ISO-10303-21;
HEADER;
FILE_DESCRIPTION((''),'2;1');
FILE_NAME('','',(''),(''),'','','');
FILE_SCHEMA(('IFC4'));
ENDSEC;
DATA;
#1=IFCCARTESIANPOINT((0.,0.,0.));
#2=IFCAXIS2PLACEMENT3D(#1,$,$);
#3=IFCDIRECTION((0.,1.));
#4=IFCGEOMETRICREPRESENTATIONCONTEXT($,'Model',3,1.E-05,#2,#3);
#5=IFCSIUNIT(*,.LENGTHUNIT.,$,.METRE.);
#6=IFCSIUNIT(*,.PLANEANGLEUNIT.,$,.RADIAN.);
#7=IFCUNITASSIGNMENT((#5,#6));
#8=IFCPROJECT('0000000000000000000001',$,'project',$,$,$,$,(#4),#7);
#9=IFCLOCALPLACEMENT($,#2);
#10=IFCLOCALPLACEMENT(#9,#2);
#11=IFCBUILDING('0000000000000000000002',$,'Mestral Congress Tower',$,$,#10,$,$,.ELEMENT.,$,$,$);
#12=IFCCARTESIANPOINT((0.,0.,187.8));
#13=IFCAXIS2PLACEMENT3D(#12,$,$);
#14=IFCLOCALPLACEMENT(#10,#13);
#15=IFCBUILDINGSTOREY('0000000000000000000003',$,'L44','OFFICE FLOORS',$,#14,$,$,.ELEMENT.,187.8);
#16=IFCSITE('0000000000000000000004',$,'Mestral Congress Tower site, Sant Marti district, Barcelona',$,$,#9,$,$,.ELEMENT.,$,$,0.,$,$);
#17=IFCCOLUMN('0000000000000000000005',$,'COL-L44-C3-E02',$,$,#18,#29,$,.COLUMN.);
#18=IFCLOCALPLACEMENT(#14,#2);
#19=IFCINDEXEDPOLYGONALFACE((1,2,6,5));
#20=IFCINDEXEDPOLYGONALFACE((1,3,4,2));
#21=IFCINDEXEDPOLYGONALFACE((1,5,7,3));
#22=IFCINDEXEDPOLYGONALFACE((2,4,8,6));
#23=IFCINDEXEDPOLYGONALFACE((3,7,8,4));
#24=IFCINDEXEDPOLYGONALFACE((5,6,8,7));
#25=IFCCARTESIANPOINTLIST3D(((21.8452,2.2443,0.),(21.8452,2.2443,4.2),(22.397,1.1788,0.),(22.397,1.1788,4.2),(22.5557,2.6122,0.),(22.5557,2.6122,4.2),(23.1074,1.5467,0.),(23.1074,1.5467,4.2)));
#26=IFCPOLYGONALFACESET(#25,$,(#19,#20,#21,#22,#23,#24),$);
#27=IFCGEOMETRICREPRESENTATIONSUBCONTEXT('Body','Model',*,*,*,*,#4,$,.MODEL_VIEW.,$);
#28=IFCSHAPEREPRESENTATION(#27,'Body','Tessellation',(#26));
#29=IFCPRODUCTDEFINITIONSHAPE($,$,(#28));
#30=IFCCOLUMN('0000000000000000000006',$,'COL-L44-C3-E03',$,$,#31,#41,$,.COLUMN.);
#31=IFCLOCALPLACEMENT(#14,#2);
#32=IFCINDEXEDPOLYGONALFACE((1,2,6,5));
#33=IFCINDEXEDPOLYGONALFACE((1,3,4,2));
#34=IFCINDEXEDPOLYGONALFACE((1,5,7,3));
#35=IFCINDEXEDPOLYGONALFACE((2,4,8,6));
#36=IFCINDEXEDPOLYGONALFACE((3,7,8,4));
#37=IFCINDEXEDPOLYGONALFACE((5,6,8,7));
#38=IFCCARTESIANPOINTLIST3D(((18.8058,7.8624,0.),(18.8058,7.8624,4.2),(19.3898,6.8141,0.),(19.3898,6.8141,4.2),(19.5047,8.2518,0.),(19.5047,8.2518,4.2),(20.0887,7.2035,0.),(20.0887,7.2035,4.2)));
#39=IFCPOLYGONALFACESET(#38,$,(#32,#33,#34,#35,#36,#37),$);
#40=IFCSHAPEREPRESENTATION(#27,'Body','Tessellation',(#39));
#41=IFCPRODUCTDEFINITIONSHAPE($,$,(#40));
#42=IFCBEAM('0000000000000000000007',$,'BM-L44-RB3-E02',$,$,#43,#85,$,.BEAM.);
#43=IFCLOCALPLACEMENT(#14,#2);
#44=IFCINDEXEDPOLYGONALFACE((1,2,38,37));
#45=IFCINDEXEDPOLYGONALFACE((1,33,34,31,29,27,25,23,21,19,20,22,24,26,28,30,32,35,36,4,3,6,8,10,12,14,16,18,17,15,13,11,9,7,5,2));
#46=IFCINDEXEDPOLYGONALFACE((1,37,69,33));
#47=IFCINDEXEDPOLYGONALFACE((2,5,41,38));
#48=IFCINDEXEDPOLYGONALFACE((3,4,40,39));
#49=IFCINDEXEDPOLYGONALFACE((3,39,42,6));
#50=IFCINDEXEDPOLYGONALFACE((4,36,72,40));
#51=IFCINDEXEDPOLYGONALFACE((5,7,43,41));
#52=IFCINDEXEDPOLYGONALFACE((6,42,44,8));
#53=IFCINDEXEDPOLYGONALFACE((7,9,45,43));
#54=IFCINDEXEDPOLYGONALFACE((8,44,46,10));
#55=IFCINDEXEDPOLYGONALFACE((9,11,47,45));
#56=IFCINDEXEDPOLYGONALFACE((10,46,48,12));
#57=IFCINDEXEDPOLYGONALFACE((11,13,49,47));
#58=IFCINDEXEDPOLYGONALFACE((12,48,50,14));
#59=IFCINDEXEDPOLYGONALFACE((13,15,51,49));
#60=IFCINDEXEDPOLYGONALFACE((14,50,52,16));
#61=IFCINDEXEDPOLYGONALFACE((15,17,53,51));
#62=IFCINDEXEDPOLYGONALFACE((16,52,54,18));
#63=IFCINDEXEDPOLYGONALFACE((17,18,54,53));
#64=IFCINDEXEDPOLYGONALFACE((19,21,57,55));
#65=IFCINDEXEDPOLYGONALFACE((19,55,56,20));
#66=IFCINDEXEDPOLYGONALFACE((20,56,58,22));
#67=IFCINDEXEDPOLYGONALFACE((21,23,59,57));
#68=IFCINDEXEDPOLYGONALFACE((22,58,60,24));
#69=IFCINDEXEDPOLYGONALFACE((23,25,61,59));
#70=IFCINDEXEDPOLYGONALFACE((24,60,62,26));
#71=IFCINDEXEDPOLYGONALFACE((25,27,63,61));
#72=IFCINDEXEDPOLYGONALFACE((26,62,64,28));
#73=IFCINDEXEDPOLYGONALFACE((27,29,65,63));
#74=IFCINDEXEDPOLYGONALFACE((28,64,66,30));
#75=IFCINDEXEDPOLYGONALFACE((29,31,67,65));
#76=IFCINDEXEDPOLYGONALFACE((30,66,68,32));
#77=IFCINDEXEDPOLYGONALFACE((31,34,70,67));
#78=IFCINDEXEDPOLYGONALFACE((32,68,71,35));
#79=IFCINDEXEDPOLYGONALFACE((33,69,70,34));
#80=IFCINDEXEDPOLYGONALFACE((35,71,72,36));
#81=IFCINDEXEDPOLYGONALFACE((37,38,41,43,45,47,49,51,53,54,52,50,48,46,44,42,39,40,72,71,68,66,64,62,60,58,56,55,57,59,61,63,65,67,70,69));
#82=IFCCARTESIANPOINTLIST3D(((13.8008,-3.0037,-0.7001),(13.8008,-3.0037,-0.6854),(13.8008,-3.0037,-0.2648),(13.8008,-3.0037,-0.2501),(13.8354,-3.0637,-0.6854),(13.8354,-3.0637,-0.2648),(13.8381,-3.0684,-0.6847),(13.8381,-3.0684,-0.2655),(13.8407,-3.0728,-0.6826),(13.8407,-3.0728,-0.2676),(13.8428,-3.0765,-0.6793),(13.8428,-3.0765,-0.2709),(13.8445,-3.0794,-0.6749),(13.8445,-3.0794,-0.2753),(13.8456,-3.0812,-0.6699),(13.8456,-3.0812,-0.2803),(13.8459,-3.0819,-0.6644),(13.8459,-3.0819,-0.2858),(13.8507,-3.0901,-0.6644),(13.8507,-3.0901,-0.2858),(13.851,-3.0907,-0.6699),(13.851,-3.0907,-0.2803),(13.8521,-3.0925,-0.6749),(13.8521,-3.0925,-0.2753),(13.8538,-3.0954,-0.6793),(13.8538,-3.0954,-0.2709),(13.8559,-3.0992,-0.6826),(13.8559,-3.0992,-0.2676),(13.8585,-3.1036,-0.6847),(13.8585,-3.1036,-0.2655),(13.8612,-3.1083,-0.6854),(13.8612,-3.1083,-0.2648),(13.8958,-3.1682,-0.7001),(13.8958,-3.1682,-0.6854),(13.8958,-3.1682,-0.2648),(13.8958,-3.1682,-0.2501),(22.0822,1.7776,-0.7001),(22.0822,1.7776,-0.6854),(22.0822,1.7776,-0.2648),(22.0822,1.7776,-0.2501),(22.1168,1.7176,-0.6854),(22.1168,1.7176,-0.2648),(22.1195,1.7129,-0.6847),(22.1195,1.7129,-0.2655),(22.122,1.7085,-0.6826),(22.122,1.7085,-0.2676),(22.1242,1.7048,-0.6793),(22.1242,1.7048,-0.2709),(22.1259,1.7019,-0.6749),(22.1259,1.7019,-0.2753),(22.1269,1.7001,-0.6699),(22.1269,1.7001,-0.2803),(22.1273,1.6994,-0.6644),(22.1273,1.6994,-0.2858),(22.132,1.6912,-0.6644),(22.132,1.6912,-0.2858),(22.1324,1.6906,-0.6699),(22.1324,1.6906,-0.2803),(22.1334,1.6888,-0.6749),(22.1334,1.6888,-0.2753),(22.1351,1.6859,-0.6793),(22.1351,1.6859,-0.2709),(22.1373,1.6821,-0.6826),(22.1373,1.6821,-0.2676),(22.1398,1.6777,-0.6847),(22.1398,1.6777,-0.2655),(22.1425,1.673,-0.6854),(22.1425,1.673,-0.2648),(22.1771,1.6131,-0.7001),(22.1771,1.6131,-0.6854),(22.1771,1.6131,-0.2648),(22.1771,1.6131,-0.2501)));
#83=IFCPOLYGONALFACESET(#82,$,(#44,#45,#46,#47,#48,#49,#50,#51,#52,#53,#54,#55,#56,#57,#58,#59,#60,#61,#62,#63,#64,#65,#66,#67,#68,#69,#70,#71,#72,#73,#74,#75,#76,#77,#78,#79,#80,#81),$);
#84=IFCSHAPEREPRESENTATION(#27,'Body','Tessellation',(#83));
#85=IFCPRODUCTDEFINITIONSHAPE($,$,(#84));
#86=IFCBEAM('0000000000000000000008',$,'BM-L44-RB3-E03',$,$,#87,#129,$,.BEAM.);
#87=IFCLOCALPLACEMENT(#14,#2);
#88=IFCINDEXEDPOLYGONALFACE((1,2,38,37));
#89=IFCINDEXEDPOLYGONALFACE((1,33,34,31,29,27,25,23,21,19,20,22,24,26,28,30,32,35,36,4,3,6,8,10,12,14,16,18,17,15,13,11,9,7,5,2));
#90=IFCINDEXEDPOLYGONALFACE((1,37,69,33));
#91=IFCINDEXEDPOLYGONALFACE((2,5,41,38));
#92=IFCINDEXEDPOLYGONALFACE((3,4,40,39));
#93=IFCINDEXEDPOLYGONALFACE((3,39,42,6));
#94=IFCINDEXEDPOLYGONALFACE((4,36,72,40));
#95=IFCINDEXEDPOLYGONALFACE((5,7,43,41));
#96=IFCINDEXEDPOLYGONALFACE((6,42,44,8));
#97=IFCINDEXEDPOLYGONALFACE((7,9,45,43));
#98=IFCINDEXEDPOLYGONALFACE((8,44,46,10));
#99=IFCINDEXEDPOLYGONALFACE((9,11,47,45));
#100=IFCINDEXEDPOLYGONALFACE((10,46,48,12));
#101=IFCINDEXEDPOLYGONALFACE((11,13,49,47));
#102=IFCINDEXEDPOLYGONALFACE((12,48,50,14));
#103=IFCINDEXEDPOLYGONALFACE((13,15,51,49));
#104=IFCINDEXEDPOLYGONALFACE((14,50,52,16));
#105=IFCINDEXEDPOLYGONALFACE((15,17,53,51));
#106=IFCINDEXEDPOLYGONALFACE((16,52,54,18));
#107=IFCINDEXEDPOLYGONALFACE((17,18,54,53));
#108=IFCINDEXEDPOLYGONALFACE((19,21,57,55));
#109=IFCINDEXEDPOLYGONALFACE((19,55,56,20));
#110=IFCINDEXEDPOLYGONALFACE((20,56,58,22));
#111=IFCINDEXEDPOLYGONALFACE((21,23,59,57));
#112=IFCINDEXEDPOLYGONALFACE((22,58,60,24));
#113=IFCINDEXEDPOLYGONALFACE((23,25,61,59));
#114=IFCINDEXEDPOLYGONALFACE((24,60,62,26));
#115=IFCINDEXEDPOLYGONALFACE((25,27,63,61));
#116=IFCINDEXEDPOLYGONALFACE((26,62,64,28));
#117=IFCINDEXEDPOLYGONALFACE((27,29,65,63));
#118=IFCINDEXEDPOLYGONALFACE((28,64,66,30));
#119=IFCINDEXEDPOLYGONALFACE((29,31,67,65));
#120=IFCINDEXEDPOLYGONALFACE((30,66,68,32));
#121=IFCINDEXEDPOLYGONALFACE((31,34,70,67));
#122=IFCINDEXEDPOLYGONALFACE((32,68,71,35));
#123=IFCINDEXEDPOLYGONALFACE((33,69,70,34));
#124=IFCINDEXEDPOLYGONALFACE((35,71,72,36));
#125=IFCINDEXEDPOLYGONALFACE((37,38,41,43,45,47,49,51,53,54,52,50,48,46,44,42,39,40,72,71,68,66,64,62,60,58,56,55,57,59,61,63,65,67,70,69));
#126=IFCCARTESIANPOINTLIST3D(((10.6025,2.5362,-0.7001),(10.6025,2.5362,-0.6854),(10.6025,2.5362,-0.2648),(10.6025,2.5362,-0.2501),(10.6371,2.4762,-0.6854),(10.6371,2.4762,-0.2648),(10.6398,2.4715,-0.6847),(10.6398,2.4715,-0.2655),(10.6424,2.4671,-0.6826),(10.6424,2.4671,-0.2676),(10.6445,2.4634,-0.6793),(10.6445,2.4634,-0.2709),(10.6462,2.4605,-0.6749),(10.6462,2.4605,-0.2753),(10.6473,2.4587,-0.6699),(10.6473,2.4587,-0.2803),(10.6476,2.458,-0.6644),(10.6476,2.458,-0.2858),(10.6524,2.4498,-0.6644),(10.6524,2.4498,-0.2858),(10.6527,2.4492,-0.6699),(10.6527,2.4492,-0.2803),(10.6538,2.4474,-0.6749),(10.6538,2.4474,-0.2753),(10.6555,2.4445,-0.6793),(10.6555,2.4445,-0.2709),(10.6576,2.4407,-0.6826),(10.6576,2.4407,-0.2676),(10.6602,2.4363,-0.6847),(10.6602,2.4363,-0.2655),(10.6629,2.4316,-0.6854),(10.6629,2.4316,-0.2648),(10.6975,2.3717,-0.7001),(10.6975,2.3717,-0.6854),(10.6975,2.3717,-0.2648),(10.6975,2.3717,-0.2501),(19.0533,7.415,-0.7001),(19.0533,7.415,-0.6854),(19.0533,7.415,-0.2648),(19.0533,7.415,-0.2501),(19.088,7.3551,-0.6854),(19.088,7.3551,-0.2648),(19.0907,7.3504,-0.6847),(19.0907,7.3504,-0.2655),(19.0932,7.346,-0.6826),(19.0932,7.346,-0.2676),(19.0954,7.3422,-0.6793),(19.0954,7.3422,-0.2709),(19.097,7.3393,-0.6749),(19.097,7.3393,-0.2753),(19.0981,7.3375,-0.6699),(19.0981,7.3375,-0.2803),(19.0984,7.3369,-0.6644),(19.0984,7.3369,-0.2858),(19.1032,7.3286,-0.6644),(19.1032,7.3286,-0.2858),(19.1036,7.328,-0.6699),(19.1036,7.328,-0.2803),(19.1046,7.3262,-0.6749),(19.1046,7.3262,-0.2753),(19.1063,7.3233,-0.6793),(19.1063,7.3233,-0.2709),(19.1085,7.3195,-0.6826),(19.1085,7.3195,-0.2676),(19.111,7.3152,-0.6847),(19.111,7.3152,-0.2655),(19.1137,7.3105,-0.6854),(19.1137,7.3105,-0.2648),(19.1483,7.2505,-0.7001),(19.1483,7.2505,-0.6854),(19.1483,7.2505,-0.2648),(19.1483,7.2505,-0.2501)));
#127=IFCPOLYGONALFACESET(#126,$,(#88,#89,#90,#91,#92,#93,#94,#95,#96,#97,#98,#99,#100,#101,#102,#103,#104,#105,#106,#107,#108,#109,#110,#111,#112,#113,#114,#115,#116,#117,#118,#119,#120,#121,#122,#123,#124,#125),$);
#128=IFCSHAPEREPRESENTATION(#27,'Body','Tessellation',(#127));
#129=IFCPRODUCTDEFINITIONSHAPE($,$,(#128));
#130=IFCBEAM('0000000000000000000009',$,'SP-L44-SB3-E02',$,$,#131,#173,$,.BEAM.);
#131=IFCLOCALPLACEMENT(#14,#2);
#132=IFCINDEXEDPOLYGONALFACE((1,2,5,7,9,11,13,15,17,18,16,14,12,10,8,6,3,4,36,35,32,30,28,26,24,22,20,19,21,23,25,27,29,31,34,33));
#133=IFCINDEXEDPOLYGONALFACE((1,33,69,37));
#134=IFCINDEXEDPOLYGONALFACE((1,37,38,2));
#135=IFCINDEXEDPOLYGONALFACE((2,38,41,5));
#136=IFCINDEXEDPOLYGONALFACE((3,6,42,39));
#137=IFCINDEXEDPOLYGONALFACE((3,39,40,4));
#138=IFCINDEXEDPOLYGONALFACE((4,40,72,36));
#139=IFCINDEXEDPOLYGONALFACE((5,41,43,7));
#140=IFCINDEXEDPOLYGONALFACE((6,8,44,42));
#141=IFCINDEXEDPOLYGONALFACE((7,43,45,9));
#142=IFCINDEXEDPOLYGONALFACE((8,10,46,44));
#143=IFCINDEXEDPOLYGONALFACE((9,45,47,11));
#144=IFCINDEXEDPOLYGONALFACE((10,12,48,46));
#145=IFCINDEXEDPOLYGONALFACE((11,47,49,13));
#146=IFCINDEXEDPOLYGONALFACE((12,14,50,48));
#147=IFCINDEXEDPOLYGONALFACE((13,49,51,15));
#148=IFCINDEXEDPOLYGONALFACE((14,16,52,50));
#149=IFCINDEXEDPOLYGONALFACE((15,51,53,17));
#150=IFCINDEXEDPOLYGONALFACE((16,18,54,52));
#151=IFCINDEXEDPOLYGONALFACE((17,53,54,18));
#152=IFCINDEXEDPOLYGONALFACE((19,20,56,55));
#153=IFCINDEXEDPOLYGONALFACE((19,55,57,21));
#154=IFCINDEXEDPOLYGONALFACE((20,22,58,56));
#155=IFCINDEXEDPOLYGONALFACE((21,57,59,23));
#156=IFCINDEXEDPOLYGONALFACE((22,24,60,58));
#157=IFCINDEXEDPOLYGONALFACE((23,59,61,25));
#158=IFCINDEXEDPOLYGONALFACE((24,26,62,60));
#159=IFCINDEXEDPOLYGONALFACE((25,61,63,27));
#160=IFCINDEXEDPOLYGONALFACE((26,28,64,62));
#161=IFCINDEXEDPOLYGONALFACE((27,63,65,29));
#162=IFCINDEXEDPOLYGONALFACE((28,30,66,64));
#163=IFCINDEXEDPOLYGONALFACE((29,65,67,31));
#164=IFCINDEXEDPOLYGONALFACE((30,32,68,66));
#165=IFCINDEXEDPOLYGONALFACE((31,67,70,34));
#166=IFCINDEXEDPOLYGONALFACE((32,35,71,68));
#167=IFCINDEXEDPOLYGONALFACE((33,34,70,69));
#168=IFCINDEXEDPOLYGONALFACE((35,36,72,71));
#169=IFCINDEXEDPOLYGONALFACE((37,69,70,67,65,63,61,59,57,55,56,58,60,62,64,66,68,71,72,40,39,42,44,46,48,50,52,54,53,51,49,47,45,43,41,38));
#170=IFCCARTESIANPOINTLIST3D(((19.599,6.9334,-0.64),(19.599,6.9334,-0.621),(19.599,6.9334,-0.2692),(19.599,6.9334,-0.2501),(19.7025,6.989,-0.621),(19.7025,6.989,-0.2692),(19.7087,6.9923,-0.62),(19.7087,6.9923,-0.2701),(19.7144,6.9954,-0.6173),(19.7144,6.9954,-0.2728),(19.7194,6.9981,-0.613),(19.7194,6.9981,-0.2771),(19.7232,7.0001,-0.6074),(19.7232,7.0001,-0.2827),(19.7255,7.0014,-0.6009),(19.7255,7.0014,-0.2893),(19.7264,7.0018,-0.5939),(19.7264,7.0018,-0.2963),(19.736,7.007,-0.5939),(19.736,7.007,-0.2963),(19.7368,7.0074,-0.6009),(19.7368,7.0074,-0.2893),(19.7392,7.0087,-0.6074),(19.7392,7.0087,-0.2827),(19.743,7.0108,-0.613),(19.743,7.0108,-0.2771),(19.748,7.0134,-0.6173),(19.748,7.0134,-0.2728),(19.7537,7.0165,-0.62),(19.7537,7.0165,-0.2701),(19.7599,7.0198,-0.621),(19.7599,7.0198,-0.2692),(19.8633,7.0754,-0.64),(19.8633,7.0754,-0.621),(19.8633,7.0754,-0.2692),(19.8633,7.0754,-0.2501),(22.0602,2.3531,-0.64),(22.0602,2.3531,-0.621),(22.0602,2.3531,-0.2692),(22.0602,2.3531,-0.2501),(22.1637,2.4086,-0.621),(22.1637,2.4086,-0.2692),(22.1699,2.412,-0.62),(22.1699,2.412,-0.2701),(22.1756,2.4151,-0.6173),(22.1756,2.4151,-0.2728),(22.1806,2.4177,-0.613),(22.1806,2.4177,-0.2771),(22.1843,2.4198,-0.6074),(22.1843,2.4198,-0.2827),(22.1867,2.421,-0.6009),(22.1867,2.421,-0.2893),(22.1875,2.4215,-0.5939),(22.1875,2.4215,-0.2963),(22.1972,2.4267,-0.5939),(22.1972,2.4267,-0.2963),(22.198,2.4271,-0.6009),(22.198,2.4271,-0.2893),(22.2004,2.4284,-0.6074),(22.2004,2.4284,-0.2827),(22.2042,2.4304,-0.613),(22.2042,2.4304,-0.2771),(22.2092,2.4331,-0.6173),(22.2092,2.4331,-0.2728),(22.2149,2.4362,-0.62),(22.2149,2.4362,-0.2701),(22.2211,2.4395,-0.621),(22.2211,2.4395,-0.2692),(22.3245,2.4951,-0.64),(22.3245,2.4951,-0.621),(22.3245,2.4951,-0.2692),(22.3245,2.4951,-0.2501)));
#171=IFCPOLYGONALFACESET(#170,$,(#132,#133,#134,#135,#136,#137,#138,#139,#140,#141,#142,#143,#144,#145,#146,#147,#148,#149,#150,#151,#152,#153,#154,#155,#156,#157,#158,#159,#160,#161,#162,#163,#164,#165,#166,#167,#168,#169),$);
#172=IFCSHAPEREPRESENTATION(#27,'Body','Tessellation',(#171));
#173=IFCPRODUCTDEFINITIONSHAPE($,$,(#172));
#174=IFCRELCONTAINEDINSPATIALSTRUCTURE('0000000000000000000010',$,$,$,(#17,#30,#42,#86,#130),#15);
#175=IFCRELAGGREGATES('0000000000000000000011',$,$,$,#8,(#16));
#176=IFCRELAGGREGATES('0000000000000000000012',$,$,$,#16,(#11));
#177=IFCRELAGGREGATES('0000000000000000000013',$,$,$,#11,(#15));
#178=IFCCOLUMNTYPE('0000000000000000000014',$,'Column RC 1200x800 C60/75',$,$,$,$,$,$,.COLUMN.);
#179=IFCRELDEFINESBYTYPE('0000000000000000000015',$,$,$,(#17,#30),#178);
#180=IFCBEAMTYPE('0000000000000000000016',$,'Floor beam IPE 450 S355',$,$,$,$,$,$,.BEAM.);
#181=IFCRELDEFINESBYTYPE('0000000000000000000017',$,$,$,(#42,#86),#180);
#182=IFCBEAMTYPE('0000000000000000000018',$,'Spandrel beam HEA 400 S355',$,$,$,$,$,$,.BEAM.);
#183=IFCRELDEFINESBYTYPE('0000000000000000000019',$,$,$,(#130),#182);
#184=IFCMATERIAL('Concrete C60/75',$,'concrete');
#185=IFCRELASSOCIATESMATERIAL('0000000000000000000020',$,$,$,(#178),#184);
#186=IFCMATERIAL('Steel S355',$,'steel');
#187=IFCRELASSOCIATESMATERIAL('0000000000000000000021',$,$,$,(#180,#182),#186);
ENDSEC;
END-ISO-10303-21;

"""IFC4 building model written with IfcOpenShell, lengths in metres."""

from ifc_helpers import new_model, si_unit, direction, frame, origin, origin_2d, place, context, subcontext, project, spatial, rectangle, i_section, extrude, material, material_profile, profile_set, type_object, element, save


model = new_model("IFC4")

# Units and contexts
model_context = context("Model", 3, precision=1e-05, world=origin(), true_north=direction((0.0, 1.0)))
body_context = subcontext(model_context, "Body", "Model", "MODEL_VIEW")
ifc_project = project(units=[si_unit("LENGTHUNIT", "METRE"), si_unit("PLANEANGLEUNIT", "RADIAN")], contexts=[model_context])

# Site, building, storey
site_placement = place(None, origin())
site = spatial("IfcSite", under=ifc_project, at=site_placement, Name="Mestral Congress Tower site, Sant Marti district, Barcelona", CompositionType="ELEMENT", RefElevation=0.0)
building_placement = place(site_placement, origin())
building = spatial("IfcBuilding", under=site, at=building_placement, Name="Mestral Congress Tower", CompositionType="ELEMENT")
storey_placement = place(building_placement, frame((0.0, 0.0, 187.8)))
storey = spatial("IfcBuildingStorey", under=building, at=storey_placement, Name="L44", Description="OFFICE FLOORS", CompositionType="ELEMENT", Elevation=187.8)

# Columns
ifc_material_1 = material(Name="Concrete C60/75", Category="concrete")
ifc_material_profile_1 = material_profile(ifc_material_1, rectangle(XDim=1.2, YDim=0.8, at=origin_2d()), Name="RC 1200x800")
ifc_profile_set_1 = profile_set([ifc_material_profile_1], Name="Concrete C60/75")
column_type = type_object("IfcColumnType", Name="Column RC 1200x800 C60/75", PredefinedType="COLUMN", material=ifc_profile_set_1)
for number, where, z_axis, x_axis, name in (
    (1, (22.4763, 1.8955, 0.0), (0.0, 0.0, 1.0), (-0.459837, 0.888003, 0.0), "COL-L44-C3-E02"),
    (2, (19.4473, 7.533, 0.0), (0.0, 0.0, 1.0), (-0.486724, 0.873556, 0.0), "COL-L44-C3-E03"),
):
    element("IfcColumn", number, at=place(storey_placement, frame(where, z_axis=z_axis, x_axis=x_axis)), inside=storey, type_object=column_type, Name=name, PredefinedType="COLUMN", context=body_context, shape_type="SweptSolid", body=[
        extrude(rectangle(XDim=1.2, YDim=0.8, at=origin_2d()), origin(), (0.0, 0.0, 1.0), 4.2),
    ])

# Beams
ifc_material_2 = material(Name="Steel S355", Category="steel")
ifc_material_profile_2 = material_profile(ifc_material_2, i_section(OverallWidth=0.1899, OverallDepth=0.45, WebThickness=0.0095, FlangeThickness=0.0146, FilletRadius=0.021, at=origin_2d()), Name="IPE 450")
ifc_profile_set_2 = profile_set([ifc_material_profile_2], Name="Steel S355")
beam_type_1 = type_object("IfcBeamType", Name="Floor beam IPE 450 S355", PredefinedType="BEAM", material=ifc_profile_set_2)
beam_1_placement = place(storey_placement, frame((22.1296, 1.6953, -0.4751), z_axis=(-0.866022, -0.500005, 0.0), x_axis=(0.500005, -0.866022, 0.0)))
element("IfcBeam", 3, at=beam_1_placement, inside=storey, type_object=beam_type_1, Name="BM-L44-RB3-E02", PredefinedType="BEAM", context=body_context, shape_type="SweptSolid", body=[
    extrude(i_section(OverallWidth=0.1899, OverallDepth=0.45, WebThickness=0.0095, FlangeThickness=0.0146, FilletRadius=0.021, at=origin_2d()), origin(), (0.0, 0.0, 1.0), 9.5625),
])
beam_2_placement = place(storey_placement, frame((19.1008, 7.3328, -0.4751), z_axis=(-0.866036, -0.499982, 0.0), x_axis=(0.499982, -0.866036, 0.0)))
element("IfcBeam", 4, at=beam_2_placement, inside=storey, type_object=beam_type_1, Name="BM-L44-RB3-E03", PredefinedType="BEAM", context=body_context, shape_type="SweptSolid", body=[
    extrude(i_section(OverallWidth=0.1899, OverallDepth=0.45, WebThickness=0.0095, FlangeThickness=0.0146, FilletRadius=0.021, at=origin_2d()), origin(), (0.0, 0.0, 1.0), 9.7581),
])
ifc_material_profile_3 = material_profile(ifc_material_2, i_section(OverallWidth=0.3, OverallDepth=0.3899, WebThickness=0.011, FlangeThickness=0.019, FilletRadius=0.0271, at=origin_2d()), Name="HEA 400")
ifc_profile_set_3 = profile_set([ifc_material_profile_3], Name="Steel S355")
beam_type_2 = type_object("IfcBeamType", Name="Spandrel beam HEA 400 S355", PredefinedType="BEAM", material=ifc_profile_set_3)
for number, where, z_axis, x_axis, name in (
    (5, (22.1924, 2.4241, -0.4451), (-0.473332, 0.880884, 0.0), (-0.880884, -0.473332, 0.0), "SP-L44-SB3-E02"),
):
    element("IfcBeam", number, at=place(storey_placement, frame(where, z_axis=z_axis, x_axis=x_axis)), inside=storey, type_object=beam_type_2, Name=name, PredefinedType="BEAM", context=body_context, shape_type="SweptSolid", body=[
        extrude(i_section(OverallWidth=0.3, OverallDepth=0.3899, WebThickness=0.011, FlangeThickness=0.019, FilletRadius=0.0271, at=origin_2d()), origin(), (0.0, 0.0, 1.0), 5.1997),
    ])

save(model, "model.ifc")
